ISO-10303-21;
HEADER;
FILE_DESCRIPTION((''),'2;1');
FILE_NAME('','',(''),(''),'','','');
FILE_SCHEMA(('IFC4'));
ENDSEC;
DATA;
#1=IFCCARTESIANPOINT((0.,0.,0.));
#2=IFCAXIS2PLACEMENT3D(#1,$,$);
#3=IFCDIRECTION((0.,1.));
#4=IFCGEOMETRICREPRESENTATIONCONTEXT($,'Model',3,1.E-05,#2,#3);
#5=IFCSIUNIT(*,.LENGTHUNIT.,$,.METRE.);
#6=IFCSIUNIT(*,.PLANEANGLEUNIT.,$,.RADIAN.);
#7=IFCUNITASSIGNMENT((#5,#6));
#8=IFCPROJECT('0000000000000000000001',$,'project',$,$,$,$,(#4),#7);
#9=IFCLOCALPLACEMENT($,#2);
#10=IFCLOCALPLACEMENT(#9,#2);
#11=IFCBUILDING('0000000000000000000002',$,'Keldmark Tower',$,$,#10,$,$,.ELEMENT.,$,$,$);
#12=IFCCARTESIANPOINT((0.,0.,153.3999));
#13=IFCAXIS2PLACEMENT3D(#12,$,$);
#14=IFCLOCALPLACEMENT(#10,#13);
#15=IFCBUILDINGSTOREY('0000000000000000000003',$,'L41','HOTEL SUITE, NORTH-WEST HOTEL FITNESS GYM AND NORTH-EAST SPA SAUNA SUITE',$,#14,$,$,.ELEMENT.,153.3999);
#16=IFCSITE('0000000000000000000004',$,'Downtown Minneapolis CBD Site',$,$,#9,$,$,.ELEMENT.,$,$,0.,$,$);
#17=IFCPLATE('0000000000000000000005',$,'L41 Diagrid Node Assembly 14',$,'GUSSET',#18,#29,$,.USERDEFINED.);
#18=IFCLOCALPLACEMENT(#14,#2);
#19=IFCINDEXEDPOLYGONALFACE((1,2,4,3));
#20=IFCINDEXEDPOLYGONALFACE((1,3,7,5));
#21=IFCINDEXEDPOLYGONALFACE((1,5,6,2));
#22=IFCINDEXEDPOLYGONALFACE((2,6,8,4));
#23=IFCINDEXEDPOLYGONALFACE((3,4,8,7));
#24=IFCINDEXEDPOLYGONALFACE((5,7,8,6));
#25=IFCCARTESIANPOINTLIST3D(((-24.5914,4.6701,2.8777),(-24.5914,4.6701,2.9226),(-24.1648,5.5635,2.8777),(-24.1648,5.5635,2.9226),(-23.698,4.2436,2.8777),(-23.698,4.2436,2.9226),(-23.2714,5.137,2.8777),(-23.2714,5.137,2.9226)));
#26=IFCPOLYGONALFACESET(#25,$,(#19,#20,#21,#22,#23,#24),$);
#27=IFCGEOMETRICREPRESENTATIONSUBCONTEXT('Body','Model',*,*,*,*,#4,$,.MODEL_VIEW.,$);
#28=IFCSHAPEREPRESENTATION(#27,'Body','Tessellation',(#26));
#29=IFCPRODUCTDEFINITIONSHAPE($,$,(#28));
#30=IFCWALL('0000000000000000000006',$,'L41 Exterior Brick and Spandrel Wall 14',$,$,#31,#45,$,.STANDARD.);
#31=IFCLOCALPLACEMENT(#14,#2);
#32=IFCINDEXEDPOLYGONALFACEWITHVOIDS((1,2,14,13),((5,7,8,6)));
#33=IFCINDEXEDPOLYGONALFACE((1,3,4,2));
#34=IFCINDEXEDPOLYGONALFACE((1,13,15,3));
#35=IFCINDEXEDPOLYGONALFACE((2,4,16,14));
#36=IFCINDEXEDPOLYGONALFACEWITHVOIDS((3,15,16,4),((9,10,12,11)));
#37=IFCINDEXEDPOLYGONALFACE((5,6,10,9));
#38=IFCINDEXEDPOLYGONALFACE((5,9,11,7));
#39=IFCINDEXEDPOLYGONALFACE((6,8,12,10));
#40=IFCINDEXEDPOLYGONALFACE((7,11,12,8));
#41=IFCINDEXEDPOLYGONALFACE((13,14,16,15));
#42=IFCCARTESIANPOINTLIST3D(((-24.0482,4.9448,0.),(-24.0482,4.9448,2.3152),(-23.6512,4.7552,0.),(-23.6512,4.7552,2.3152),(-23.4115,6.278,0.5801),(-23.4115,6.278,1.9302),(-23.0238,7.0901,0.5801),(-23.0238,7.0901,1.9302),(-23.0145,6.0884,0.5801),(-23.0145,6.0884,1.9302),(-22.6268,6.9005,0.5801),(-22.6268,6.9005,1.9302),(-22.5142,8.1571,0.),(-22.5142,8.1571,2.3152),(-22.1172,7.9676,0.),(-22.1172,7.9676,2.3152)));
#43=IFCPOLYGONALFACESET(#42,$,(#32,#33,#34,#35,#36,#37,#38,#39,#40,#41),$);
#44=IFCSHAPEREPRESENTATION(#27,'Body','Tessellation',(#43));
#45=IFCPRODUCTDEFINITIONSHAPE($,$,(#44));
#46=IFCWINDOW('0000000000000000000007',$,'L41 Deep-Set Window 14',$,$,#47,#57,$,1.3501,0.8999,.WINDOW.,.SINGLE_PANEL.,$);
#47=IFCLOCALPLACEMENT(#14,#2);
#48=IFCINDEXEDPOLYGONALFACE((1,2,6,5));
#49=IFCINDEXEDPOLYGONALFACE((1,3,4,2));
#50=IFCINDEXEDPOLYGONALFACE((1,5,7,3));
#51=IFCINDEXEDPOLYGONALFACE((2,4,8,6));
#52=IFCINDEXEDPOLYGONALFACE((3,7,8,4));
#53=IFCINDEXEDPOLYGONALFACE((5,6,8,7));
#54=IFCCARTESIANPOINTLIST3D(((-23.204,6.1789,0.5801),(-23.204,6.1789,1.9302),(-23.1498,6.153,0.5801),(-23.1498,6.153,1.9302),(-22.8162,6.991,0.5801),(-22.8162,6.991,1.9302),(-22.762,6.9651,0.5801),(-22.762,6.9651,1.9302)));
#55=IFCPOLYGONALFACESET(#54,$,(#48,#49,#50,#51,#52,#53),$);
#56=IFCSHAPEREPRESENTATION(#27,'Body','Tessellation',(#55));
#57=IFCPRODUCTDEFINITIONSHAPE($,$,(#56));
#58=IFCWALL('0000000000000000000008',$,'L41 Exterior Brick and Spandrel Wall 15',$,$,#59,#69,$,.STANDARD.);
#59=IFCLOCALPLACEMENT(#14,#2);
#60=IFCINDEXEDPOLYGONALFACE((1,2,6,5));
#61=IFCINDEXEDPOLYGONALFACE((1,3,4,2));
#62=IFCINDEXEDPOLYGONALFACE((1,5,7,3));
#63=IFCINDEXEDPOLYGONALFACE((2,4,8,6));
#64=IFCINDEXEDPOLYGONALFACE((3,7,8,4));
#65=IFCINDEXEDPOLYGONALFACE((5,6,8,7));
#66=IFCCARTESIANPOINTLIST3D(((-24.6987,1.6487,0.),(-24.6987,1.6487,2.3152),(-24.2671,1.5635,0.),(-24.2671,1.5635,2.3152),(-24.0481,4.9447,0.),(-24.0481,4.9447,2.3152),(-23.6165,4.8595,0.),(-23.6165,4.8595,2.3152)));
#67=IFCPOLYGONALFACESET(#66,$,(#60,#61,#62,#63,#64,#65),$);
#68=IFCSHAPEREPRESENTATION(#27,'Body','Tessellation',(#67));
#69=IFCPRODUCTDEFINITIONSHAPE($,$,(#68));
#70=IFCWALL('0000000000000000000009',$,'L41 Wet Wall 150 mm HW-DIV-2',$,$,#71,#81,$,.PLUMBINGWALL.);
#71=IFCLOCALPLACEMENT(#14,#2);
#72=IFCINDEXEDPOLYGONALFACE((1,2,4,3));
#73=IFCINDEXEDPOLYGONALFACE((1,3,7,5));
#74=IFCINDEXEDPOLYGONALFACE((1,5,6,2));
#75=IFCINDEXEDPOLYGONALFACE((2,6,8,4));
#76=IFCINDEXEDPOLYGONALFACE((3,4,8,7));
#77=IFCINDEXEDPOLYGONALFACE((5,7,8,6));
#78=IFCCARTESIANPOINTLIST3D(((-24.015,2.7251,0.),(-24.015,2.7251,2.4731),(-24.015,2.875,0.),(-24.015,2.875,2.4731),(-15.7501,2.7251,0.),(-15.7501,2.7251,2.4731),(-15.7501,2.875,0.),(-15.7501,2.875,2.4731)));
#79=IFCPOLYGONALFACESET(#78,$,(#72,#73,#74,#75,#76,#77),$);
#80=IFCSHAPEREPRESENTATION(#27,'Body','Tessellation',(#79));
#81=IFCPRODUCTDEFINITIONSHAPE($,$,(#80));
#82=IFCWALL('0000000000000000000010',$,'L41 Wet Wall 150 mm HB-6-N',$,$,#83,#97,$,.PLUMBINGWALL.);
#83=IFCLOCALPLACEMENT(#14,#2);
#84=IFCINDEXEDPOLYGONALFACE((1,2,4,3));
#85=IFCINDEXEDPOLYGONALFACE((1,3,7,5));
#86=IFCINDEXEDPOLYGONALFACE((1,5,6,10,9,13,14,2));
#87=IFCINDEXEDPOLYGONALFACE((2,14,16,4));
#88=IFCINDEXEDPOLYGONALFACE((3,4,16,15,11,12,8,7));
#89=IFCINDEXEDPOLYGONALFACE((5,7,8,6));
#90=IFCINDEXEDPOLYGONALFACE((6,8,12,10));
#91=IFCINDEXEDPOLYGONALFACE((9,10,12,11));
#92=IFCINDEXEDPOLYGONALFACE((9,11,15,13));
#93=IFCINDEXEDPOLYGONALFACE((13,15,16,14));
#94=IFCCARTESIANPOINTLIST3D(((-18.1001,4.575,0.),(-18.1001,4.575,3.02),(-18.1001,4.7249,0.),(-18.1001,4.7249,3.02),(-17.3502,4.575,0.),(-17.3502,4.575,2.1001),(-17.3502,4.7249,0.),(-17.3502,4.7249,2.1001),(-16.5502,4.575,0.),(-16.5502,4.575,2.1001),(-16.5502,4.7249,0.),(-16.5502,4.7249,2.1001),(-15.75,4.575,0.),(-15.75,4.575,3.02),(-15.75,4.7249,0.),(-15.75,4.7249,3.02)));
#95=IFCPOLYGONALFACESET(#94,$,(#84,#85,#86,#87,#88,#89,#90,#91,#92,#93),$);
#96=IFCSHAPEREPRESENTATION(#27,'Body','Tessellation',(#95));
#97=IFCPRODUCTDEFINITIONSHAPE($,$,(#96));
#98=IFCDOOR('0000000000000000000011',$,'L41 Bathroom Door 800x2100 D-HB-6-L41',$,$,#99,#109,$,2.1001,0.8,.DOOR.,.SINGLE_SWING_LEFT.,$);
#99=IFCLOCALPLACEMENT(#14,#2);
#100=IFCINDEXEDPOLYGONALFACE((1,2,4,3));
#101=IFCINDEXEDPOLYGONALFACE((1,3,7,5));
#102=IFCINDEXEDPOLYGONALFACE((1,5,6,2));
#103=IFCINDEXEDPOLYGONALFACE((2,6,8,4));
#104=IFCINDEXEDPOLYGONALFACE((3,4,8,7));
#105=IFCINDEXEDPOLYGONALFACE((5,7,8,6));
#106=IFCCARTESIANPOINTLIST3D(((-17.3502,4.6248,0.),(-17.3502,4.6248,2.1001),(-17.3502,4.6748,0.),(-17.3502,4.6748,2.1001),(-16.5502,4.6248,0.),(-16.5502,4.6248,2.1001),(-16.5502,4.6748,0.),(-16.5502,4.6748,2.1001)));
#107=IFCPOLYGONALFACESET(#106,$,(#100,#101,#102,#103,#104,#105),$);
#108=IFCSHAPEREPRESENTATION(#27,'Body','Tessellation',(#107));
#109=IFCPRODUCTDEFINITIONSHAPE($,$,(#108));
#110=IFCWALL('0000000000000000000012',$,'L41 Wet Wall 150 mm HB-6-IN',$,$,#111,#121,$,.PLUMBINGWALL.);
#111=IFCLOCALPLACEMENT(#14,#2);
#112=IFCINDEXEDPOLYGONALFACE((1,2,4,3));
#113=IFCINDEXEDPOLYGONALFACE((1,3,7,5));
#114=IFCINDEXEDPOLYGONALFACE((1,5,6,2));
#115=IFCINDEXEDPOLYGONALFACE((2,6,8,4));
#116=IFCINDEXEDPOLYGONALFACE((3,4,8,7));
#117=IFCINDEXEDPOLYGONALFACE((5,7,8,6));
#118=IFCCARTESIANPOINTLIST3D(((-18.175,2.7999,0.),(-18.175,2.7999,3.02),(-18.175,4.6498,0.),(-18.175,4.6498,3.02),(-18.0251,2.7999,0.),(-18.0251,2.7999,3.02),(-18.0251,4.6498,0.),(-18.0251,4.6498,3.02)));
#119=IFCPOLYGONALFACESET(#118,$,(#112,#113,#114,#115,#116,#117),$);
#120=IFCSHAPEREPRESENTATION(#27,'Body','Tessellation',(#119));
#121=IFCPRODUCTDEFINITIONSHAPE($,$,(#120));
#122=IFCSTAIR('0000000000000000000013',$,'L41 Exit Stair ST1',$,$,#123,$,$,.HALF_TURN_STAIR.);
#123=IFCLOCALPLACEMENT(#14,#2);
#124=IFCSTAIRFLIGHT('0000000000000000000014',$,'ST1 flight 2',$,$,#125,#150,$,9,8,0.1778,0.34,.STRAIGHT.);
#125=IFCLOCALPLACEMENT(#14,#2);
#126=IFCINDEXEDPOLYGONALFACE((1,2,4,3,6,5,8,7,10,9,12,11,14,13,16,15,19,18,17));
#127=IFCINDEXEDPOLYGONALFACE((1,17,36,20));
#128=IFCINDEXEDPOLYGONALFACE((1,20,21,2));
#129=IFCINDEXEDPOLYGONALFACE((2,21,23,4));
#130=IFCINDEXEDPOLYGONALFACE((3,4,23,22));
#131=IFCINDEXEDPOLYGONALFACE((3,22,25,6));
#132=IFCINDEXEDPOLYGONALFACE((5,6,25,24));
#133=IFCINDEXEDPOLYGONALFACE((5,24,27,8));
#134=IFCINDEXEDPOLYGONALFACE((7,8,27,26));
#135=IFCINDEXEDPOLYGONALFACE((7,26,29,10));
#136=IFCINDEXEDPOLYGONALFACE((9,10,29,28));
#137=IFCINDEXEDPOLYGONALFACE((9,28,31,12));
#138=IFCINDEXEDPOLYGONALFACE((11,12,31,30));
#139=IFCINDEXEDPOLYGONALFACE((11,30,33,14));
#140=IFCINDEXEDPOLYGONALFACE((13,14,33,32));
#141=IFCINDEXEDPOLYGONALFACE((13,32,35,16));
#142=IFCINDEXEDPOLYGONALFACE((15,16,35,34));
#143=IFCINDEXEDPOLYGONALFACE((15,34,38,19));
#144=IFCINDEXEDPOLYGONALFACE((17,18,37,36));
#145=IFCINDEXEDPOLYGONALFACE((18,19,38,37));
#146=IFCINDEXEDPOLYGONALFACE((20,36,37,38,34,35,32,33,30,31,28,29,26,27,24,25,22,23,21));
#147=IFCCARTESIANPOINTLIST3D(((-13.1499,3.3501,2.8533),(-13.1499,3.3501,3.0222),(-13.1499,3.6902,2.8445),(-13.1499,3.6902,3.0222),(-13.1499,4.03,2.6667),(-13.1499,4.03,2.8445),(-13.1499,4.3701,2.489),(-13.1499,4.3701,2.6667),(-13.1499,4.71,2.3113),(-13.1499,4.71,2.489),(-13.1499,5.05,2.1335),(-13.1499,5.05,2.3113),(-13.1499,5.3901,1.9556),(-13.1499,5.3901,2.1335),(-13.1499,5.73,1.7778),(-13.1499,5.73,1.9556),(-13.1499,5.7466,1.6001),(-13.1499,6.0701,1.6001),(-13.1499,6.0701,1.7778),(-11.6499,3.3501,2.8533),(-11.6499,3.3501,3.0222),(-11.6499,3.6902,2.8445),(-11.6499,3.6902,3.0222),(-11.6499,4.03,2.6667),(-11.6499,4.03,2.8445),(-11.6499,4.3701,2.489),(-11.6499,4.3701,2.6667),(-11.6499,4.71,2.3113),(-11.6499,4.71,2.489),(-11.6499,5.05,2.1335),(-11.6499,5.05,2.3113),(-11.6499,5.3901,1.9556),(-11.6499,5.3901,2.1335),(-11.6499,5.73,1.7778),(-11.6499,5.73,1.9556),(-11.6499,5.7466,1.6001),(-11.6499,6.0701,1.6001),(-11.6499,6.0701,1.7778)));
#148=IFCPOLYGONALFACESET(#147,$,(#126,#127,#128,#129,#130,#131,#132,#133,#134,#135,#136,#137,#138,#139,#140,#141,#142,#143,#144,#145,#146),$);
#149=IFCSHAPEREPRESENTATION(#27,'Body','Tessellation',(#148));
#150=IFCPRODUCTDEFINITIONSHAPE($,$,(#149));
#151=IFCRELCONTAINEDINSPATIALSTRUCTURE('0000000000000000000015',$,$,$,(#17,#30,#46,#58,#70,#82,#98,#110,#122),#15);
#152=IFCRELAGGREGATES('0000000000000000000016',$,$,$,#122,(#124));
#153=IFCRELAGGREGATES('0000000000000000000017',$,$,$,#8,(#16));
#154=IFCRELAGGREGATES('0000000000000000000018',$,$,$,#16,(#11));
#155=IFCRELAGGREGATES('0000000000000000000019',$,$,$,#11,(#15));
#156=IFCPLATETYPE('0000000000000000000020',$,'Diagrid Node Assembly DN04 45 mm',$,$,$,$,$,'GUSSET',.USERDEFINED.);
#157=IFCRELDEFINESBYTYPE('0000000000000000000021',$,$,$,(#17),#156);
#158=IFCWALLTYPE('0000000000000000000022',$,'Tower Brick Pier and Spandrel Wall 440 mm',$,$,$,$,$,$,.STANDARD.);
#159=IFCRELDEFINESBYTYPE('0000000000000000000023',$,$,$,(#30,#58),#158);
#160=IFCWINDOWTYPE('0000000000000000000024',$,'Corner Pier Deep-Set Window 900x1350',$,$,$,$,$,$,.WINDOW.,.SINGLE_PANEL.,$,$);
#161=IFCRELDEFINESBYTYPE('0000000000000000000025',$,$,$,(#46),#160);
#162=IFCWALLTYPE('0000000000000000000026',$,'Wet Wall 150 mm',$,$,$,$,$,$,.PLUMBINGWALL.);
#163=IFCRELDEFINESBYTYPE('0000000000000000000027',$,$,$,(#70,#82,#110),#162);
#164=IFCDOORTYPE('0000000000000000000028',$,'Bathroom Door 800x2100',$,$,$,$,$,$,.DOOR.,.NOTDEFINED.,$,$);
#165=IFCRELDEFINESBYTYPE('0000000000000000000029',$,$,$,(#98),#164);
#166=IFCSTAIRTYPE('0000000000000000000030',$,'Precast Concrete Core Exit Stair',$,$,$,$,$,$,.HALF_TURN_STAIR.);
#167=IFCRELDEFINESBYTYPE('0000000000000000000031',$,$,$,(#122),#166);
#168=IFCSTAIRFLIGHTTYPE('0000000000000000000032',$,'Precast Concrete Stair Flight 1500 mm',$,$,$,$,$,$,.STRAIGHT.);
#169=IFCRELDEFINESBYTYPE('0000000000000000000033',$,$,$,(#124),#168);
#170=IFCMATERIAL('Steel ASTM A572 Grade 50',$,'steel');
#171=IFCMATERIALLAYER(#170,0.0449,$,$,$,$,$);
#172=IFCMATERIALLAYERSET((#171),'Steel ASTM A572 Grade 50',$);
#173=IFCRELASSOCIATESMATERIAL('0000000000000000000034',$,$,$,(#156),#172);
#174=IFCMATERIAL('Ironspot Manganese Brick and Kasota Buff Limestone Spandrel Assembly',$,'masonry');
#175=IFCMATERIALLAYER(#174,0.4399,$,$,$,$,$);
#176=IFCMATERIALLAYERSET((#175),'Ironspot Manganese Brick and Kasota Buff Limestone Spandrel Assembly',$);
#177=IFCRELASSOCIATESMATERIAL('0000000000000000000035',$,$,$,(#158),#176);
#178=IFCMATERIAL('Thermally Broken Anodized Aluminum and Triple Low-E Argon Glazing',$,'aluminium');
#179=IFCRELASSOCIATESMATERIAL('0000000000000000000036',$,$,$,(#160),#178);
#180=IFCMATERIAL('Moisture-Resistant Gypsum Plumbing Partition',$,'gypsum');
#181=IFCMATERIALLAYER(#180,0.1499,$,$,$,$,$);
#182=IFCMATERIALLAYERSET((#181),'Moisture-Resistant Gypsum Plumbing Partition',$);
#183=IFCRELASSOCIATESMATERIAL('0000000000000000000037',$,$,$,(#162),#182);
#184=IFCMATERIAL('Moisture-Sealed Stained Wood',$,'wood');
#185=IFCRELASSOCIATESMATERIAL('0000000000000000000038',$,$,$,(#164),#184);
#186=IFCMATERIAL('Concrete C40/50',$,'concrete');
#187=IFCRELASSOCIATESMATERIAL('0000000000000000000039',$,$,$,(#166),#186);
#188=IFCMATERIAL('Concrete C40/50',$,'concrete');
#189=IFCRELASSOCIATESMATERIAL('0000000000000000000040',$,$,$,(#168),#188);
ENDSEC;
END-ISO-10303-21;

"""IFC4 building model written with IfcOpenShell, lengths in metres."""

from ifc_helpers import new_model, si_unit, direction, frame, frame_2d, origin, origin_2d, place, context, subcontext, project, spatial, polyline, rectangle, outline, extrude, material, layer, layer_set, type_object, element, fill, aggregate, save


model = new_model("IFC4")

# Units and contexts
model_context = context("Model", 3, precision=1e-05, world=origin(), true_north=direction((0.0, 1.0)))
body_context = subcontext(model_context, "Body", "Model", "MODEL_VIEW")
ifc_project = project(units=[si_unit("LENGTHUNIT", "METRE"), si_unit("PLANEANGLEUNIT", "RADIAN")], contexts=[model_context])

# Site, building, storey
site_placement = place(None, origin())
site = spatial("IfcSite", under=ifc_project, at=site_placement, Name="Downtown Minneapolis CBD Site", CompositionType="ELEMENT", RefElevation=0.0)
building_placement = place(site_placement, origin())
building = spatial("IfcBuilding", under=site, at=building_placement, Name="Keldmark Tower", CompositionType="ELEMENT")
storey_placement = place(building_placement, frame((0.0, 0.0, 153.3999)))
storey = spatial("IfcBuildingStorey", under=building, at=storey_placement, Name="L41", Description="HOTEL SUITE, NORTH-WEST HOTEL FITNESS GYM AND NORTH-EAST SPA SAUNA SUITE", CompositionType="ELEMENT", Elevation=153.3999)

# Plate
ifc_material_1 = material(Name="Steel ASTM A572 Grade 50", Category="steel")
ifc_layer_1 = layer(ifc_material_1, 0.0449)
ifc_layer_set_1 = layer_set([ifc_layer_1], Name="Steel ASTM A572 Grade 50")
plate_type_1 = type_object("IfcPlateType", Name="Diagrid Node Assembly DN04 45 mm", ElementType="GUSSET", PredefinedType="USERDEFINED", material=ifc_layer_set_1)
plate_placement = place(storey_placement, frame((-23.9314, 4.9036, 2.8777), z_axis=(0.0, 0.0, 1.0), x_axis=(-0.430826, -0.902435, 0.0)))
element("IfcPlate", 1, at=plate_placement, inside=storey, type_object=plate_type_1, Name="L41 Diagrid Node Assembly 14", ObjectType="GUSSET", PredefinedType="USERDEFINED", context=body_context, shape_type="SweptSolid", body=[
    extrude(rectangle(XDim=0.99, YDim=0.99, at=origin_2d()), origin(), (0.0, 0.0, 1.0), 0.0449),
])

# Wall, opening, window
ifc_material_2 = material(Name="Ironspot Manganese Brick and Kasota Buff Limestone Spandrel Assembly", Category="masonry")
ifc_layer_2 = layer(ifc_material_2, 0.4399)
ifc_layer_set_2 = layer_set([ifc_layer_2], Name="Ironspot Manganese Brick and Kasota Buff Limestone Spandrel Assembly")
wall_type_1 = type_object("IfcWallType", Name="Tower Brick Pier and Spandrel Wall 440 mm", PredefinedType="STANDARD", material=ifc_layer_set_2)
wall_1_placement = place(storey_placement, frame((-23.8496, 4.8501, 0.0), z_axis=(0.0, 0.0, 1.0), x_axis=(0.4309, 0.9024, 0.0)))
wall_1 = element("IfcWall", 2, at=wall_1_placement, inside=storey, type_object=wall_type_1, Name="L41 Exterior Brick and Spandrel Wall 14", PredefinedType="STANDARD", context=body_context, shape_type="SweptSolid", body=[
    extrude(rectangle(XDim=3.5598, YDim=0.4399, at=frame_2d((1.7798, 0.0))), origin(), (0.0, 0.0, 1.0), 2.3152),
])
opening_1_placement = place(wall_1_placement, frame((1.4773, 0.0, 0.5801)))
opening_1 = element("IfcOpeningElement", 3, at=opening_1_placement, cuts=wall_1, PredefinedType="OPENING", context=body_context, shape_type="SweptSolid", body=[
    extrude(rectangle(XDim=0.8999, YDim=1.3501, at=frame_2d((0.45, 0.675))), frame((0.0, 0.23, 0.0), z_axis=(0.0, -1.0, 0.0), x_axis=(1.0, 0.0, 0.0)), (0.0, 0.0, 1.0), 0.46),
])
ifc_material_3 = material(Name="Thermally Broken Anodized Aluminum and Triple Low-E Argon Glazing", Category="aluminium")
window_type = type_object("IfcWindowType", Name="Corner Pier Deep-Set Window 900x1350", PartitioningType="SINGLE_PANEL", PredefinedType="WINDOW", material=ifc_material_3)
window_placement = place(opening_1_placement, origin())
window = element("IfcWindow", 4, at=window_placement, inside=storey, type_object=window_type, Name="L41 Deep-Set Window 14", OverallHeight=1.3501, OverallWidth=0.8999, PartitioningType="SINGLE_PANEL", PredefinedType="WINDOW", context=body_context, shape_type="SweptSolid", body=[
    extrude(rectangle(XDim=0.8999, YDim=1.3501, at=frame_2d((0.45, 0.675))), frame((0.0, -0.01, 0.0), z_axis=(0.0, -1.0, 0.0), x_axis=(1.0, 0.0, 0.0)), (0.0, 0.0, 1.0), 0.0601),
])
fill(opening_1, window)

# Walls
wall_2_placement = place(storey_placement, frame((-24.4829, 1.6062, 0.0), z_axis=(0.0, 0.0, 1.0), x_axis=(0.19367, 0.981067, 0.0)))
element("IfcWall", 5, at=wall_2_placement, inside=storey, type_object=wall_type_1, Name="L41 Exterior Brick and Spandrel Wall 15", PredefinedType="STANDARD", context=body_context, shape_type="SweptSolid", body=[
    extrude(rectangle(XDim=3.3596, YDim=0.4399, at=frame_2d((1.6797, 0.0))), origin(), (0.0, 0.0, 1.0), 2.3152),
])
ifc_material_4 = material(Name="Moisture-Resistant Gypsum Plumbing Partition", Category="gypsum")
ifc_layer_3 = layer(ifc_material_4, 0.1499)
ifc_layer_set_3 = layer_set([ifc_layer_3], Name="Moisture-Resistant Gypsum Plumbing Partition")
wall_type_2 = type_object("IfcWallType", Name="Wet Wall 150 mm", PredefinedType="PLUMBINGWALL", material=ifc_layer_set_3)
wall_3_placement = place(storey_placement, frame((-24.0149, 2.8, 0.0), z_axis=(0.0, 0.0, 1.0), x_axis=(1.0, 0.0, 0.0)))
element("IfcWall", 6, at=wall_3_placement, inside=storey, type_object=wall_type_2, Name="L41 Wet Wall 150 mm HW-DIV-2", PredefinedType="PLUMBINGWALL", context=body_context, shape_type="SweptSolid", body=[
    extrude(rectangle(XDim=8.2649, YDim=0.1499, at=frame_2d((4.1323, 0.0))), origin(), (0.0, 0.0, 1.0), 2.4731),
])

# Wall, opening, door
wall_4_placement = place(storey_placement, frame((-18.1001, 4.6499, 0.0), z_axis=(0.0, 0.0, 1.0), x_axis=(1.0, 0.0, 0.0)))
wall_4 = element("IfcWall", 7, at=wall_4_placement, inside=storey, type_object=wall_type_2, Name="L41 Wet Wall 150 mm HB-6-N", PredefinedType="PLUMBINGWALL", context=body_context, shape_type="SweptSolid", body=[
    extrude(rectangle(XDim=2.3501, YDim=0.1499, at=frame_2d((1.175, 0.0))), origin(), (0.0, 0.0, 1.0), 3.02),
])
opening_2_placement = place(wall_4_placement, frame((0.75, 0.0, 0.0)))
opening_2 = element("IfcOpeningElement", 8, at=opening_2_placement, cuts=wall_4, PredefinedType="OPENING", context=body_context, shape_type="SweptSolid", body=[
    extrude(rectangle(XDim=0.8, YDim=2.1001, at=frame_2d((0.3999, 1.05))), frame((0.0, 0.085, 0.0), z_axis=(0.0, -1.0, 0.0), x_axis=(1.0, 0.0, 0.0)), (0.0, 0.0, 1.0), 0.1699),
])
ifc_material_5 = material(Name="Moisture-Sealed Stained Wood", Category="wood")
door_type = type_object("IfcDoorType", Name="Bathroom Door 800x2100", OperationType="NOTDEFINED", PredefinedType="DOOR", material=ifc_material_5)
door_placement = place(opening_2_placement, origin())
door = element("IfcDoor", 9, at=door_placement, inside=storey, type_object=door_type, Name="L41 Bathroom Door 800x2100 D-HB-6-L41", OperationType="SINGLE_SWING_LEFT", OverallHeight=2.1001, OverallWidth=0.8, PredefinedType="DOOR", context=body_context, shape_type="SweptSolid", body=[
    extrude(rectangle(XDim=0.8, YDim=2.1001, at=frame_2d((0.3999, 1.05))), frame((0.0, 0.0249, 0.0), z_axis=(0.0, -1.0, 0.0), x_axis=(1.0, 0.0, 0.0)), (0.0, 0.0, 1.0), 0.05),
])
fill(opening_2, door)

# Wall
wall_5_placement = place(storey_placement, frame((-18.1001, 2.8, 0.0), z_axis=(0.0, 0.0, 1.0), x_axis=(0.0, 1.0, 0.0)))
element("IfcWall", 10, at=wall_5_placement, inside=storey, type_object=wall_type_2, Name="L41 Wet Wall 150 mm HB-6-IN", PredefinedType="PLUMBINGWALL", context=body_context, shape_type="SweptSolid", body=[
    extrude(rectangle(XDim=1.8499, YDim=0.1499, at=frame_2d((0.9248, 0.0))), origin(), (0.0, 0.0, 1.0), 3.02),
])

# Stair, stair flight
ifc_material_6 = material(Name="Concrete C40/50", Category="concrete")
stair_type = type_object("IfcStairType", Name="Precast Concrete Core Exit Stair", PredefinedType="HALF_TURN_STAIR", material=ifc_material_6)
stair_placement = place(storey_placement, origin())
stair = element("IfcStair", 11, at=stair_placement, inside=storey, type_object=stair_type, Name="L41 Exit Stair ST1", PredefinedType="HALF_TURN_STAIR")
ifc_material_7 = material(Name="Concrete C40/50", Category="concrete")
stair_flight_type = type_object("IfcStairFlightType", Name="Precast Concrete Stair Flight 1500 mm", PredefinedType="STRAIGHT", material=ifc_material_7)
stair_flight_placement = place(storey_placement, frame((-12.3999, 6.0701, 1.6001), z_axis=(0.0, 0.0, 1.0), x_axis=(0.0, -1.0, 0.0)))
stair_flight = element("IfcStairFlight", 12, at=stair_flight_placement, type_object=stair_flight_type, Name="ST1 flight 2", NumberOfRisers=9, NumberOfTreads=8, PredefinedType="STRAIGHT", RiserHeight=0.1778, TreadLength=0.34, context=body_context, shape_type="SweptSolid", body=[
    extrude(outline(polyline([(0.0, 0.0), (0.0, 0.1777), (0.3401, 0.1777), (0.3401, 0.3555), (0.6799, 0.3555), (0.6799, 0.5334), (1.02, 0.5334), (1.02, 0.7112), (1.3601, 0.7112), (1.3601, 0.8889), (1.7, 0.8889), (1.7, 1.0667), (2.04, 1.0667), (2.04, 1.2444), (2.3799, 1.2444), (2.3799, 1.4221), (2.72, 1.4221), (2.72, 1.6001), (2.72, 1.2532), (0.3235, 0.0), (0.0, 0.0)])), frame((0.0, 0.75, 0.0), z_axis=(0.0, -1.0, 0.0), x_axis=(1.0, 0.0, 0.0)), (0.0, 0.0, 1.0), 1.5),
])
aggregate(stair, [stair_flight])

save(model, "model.ifc")
